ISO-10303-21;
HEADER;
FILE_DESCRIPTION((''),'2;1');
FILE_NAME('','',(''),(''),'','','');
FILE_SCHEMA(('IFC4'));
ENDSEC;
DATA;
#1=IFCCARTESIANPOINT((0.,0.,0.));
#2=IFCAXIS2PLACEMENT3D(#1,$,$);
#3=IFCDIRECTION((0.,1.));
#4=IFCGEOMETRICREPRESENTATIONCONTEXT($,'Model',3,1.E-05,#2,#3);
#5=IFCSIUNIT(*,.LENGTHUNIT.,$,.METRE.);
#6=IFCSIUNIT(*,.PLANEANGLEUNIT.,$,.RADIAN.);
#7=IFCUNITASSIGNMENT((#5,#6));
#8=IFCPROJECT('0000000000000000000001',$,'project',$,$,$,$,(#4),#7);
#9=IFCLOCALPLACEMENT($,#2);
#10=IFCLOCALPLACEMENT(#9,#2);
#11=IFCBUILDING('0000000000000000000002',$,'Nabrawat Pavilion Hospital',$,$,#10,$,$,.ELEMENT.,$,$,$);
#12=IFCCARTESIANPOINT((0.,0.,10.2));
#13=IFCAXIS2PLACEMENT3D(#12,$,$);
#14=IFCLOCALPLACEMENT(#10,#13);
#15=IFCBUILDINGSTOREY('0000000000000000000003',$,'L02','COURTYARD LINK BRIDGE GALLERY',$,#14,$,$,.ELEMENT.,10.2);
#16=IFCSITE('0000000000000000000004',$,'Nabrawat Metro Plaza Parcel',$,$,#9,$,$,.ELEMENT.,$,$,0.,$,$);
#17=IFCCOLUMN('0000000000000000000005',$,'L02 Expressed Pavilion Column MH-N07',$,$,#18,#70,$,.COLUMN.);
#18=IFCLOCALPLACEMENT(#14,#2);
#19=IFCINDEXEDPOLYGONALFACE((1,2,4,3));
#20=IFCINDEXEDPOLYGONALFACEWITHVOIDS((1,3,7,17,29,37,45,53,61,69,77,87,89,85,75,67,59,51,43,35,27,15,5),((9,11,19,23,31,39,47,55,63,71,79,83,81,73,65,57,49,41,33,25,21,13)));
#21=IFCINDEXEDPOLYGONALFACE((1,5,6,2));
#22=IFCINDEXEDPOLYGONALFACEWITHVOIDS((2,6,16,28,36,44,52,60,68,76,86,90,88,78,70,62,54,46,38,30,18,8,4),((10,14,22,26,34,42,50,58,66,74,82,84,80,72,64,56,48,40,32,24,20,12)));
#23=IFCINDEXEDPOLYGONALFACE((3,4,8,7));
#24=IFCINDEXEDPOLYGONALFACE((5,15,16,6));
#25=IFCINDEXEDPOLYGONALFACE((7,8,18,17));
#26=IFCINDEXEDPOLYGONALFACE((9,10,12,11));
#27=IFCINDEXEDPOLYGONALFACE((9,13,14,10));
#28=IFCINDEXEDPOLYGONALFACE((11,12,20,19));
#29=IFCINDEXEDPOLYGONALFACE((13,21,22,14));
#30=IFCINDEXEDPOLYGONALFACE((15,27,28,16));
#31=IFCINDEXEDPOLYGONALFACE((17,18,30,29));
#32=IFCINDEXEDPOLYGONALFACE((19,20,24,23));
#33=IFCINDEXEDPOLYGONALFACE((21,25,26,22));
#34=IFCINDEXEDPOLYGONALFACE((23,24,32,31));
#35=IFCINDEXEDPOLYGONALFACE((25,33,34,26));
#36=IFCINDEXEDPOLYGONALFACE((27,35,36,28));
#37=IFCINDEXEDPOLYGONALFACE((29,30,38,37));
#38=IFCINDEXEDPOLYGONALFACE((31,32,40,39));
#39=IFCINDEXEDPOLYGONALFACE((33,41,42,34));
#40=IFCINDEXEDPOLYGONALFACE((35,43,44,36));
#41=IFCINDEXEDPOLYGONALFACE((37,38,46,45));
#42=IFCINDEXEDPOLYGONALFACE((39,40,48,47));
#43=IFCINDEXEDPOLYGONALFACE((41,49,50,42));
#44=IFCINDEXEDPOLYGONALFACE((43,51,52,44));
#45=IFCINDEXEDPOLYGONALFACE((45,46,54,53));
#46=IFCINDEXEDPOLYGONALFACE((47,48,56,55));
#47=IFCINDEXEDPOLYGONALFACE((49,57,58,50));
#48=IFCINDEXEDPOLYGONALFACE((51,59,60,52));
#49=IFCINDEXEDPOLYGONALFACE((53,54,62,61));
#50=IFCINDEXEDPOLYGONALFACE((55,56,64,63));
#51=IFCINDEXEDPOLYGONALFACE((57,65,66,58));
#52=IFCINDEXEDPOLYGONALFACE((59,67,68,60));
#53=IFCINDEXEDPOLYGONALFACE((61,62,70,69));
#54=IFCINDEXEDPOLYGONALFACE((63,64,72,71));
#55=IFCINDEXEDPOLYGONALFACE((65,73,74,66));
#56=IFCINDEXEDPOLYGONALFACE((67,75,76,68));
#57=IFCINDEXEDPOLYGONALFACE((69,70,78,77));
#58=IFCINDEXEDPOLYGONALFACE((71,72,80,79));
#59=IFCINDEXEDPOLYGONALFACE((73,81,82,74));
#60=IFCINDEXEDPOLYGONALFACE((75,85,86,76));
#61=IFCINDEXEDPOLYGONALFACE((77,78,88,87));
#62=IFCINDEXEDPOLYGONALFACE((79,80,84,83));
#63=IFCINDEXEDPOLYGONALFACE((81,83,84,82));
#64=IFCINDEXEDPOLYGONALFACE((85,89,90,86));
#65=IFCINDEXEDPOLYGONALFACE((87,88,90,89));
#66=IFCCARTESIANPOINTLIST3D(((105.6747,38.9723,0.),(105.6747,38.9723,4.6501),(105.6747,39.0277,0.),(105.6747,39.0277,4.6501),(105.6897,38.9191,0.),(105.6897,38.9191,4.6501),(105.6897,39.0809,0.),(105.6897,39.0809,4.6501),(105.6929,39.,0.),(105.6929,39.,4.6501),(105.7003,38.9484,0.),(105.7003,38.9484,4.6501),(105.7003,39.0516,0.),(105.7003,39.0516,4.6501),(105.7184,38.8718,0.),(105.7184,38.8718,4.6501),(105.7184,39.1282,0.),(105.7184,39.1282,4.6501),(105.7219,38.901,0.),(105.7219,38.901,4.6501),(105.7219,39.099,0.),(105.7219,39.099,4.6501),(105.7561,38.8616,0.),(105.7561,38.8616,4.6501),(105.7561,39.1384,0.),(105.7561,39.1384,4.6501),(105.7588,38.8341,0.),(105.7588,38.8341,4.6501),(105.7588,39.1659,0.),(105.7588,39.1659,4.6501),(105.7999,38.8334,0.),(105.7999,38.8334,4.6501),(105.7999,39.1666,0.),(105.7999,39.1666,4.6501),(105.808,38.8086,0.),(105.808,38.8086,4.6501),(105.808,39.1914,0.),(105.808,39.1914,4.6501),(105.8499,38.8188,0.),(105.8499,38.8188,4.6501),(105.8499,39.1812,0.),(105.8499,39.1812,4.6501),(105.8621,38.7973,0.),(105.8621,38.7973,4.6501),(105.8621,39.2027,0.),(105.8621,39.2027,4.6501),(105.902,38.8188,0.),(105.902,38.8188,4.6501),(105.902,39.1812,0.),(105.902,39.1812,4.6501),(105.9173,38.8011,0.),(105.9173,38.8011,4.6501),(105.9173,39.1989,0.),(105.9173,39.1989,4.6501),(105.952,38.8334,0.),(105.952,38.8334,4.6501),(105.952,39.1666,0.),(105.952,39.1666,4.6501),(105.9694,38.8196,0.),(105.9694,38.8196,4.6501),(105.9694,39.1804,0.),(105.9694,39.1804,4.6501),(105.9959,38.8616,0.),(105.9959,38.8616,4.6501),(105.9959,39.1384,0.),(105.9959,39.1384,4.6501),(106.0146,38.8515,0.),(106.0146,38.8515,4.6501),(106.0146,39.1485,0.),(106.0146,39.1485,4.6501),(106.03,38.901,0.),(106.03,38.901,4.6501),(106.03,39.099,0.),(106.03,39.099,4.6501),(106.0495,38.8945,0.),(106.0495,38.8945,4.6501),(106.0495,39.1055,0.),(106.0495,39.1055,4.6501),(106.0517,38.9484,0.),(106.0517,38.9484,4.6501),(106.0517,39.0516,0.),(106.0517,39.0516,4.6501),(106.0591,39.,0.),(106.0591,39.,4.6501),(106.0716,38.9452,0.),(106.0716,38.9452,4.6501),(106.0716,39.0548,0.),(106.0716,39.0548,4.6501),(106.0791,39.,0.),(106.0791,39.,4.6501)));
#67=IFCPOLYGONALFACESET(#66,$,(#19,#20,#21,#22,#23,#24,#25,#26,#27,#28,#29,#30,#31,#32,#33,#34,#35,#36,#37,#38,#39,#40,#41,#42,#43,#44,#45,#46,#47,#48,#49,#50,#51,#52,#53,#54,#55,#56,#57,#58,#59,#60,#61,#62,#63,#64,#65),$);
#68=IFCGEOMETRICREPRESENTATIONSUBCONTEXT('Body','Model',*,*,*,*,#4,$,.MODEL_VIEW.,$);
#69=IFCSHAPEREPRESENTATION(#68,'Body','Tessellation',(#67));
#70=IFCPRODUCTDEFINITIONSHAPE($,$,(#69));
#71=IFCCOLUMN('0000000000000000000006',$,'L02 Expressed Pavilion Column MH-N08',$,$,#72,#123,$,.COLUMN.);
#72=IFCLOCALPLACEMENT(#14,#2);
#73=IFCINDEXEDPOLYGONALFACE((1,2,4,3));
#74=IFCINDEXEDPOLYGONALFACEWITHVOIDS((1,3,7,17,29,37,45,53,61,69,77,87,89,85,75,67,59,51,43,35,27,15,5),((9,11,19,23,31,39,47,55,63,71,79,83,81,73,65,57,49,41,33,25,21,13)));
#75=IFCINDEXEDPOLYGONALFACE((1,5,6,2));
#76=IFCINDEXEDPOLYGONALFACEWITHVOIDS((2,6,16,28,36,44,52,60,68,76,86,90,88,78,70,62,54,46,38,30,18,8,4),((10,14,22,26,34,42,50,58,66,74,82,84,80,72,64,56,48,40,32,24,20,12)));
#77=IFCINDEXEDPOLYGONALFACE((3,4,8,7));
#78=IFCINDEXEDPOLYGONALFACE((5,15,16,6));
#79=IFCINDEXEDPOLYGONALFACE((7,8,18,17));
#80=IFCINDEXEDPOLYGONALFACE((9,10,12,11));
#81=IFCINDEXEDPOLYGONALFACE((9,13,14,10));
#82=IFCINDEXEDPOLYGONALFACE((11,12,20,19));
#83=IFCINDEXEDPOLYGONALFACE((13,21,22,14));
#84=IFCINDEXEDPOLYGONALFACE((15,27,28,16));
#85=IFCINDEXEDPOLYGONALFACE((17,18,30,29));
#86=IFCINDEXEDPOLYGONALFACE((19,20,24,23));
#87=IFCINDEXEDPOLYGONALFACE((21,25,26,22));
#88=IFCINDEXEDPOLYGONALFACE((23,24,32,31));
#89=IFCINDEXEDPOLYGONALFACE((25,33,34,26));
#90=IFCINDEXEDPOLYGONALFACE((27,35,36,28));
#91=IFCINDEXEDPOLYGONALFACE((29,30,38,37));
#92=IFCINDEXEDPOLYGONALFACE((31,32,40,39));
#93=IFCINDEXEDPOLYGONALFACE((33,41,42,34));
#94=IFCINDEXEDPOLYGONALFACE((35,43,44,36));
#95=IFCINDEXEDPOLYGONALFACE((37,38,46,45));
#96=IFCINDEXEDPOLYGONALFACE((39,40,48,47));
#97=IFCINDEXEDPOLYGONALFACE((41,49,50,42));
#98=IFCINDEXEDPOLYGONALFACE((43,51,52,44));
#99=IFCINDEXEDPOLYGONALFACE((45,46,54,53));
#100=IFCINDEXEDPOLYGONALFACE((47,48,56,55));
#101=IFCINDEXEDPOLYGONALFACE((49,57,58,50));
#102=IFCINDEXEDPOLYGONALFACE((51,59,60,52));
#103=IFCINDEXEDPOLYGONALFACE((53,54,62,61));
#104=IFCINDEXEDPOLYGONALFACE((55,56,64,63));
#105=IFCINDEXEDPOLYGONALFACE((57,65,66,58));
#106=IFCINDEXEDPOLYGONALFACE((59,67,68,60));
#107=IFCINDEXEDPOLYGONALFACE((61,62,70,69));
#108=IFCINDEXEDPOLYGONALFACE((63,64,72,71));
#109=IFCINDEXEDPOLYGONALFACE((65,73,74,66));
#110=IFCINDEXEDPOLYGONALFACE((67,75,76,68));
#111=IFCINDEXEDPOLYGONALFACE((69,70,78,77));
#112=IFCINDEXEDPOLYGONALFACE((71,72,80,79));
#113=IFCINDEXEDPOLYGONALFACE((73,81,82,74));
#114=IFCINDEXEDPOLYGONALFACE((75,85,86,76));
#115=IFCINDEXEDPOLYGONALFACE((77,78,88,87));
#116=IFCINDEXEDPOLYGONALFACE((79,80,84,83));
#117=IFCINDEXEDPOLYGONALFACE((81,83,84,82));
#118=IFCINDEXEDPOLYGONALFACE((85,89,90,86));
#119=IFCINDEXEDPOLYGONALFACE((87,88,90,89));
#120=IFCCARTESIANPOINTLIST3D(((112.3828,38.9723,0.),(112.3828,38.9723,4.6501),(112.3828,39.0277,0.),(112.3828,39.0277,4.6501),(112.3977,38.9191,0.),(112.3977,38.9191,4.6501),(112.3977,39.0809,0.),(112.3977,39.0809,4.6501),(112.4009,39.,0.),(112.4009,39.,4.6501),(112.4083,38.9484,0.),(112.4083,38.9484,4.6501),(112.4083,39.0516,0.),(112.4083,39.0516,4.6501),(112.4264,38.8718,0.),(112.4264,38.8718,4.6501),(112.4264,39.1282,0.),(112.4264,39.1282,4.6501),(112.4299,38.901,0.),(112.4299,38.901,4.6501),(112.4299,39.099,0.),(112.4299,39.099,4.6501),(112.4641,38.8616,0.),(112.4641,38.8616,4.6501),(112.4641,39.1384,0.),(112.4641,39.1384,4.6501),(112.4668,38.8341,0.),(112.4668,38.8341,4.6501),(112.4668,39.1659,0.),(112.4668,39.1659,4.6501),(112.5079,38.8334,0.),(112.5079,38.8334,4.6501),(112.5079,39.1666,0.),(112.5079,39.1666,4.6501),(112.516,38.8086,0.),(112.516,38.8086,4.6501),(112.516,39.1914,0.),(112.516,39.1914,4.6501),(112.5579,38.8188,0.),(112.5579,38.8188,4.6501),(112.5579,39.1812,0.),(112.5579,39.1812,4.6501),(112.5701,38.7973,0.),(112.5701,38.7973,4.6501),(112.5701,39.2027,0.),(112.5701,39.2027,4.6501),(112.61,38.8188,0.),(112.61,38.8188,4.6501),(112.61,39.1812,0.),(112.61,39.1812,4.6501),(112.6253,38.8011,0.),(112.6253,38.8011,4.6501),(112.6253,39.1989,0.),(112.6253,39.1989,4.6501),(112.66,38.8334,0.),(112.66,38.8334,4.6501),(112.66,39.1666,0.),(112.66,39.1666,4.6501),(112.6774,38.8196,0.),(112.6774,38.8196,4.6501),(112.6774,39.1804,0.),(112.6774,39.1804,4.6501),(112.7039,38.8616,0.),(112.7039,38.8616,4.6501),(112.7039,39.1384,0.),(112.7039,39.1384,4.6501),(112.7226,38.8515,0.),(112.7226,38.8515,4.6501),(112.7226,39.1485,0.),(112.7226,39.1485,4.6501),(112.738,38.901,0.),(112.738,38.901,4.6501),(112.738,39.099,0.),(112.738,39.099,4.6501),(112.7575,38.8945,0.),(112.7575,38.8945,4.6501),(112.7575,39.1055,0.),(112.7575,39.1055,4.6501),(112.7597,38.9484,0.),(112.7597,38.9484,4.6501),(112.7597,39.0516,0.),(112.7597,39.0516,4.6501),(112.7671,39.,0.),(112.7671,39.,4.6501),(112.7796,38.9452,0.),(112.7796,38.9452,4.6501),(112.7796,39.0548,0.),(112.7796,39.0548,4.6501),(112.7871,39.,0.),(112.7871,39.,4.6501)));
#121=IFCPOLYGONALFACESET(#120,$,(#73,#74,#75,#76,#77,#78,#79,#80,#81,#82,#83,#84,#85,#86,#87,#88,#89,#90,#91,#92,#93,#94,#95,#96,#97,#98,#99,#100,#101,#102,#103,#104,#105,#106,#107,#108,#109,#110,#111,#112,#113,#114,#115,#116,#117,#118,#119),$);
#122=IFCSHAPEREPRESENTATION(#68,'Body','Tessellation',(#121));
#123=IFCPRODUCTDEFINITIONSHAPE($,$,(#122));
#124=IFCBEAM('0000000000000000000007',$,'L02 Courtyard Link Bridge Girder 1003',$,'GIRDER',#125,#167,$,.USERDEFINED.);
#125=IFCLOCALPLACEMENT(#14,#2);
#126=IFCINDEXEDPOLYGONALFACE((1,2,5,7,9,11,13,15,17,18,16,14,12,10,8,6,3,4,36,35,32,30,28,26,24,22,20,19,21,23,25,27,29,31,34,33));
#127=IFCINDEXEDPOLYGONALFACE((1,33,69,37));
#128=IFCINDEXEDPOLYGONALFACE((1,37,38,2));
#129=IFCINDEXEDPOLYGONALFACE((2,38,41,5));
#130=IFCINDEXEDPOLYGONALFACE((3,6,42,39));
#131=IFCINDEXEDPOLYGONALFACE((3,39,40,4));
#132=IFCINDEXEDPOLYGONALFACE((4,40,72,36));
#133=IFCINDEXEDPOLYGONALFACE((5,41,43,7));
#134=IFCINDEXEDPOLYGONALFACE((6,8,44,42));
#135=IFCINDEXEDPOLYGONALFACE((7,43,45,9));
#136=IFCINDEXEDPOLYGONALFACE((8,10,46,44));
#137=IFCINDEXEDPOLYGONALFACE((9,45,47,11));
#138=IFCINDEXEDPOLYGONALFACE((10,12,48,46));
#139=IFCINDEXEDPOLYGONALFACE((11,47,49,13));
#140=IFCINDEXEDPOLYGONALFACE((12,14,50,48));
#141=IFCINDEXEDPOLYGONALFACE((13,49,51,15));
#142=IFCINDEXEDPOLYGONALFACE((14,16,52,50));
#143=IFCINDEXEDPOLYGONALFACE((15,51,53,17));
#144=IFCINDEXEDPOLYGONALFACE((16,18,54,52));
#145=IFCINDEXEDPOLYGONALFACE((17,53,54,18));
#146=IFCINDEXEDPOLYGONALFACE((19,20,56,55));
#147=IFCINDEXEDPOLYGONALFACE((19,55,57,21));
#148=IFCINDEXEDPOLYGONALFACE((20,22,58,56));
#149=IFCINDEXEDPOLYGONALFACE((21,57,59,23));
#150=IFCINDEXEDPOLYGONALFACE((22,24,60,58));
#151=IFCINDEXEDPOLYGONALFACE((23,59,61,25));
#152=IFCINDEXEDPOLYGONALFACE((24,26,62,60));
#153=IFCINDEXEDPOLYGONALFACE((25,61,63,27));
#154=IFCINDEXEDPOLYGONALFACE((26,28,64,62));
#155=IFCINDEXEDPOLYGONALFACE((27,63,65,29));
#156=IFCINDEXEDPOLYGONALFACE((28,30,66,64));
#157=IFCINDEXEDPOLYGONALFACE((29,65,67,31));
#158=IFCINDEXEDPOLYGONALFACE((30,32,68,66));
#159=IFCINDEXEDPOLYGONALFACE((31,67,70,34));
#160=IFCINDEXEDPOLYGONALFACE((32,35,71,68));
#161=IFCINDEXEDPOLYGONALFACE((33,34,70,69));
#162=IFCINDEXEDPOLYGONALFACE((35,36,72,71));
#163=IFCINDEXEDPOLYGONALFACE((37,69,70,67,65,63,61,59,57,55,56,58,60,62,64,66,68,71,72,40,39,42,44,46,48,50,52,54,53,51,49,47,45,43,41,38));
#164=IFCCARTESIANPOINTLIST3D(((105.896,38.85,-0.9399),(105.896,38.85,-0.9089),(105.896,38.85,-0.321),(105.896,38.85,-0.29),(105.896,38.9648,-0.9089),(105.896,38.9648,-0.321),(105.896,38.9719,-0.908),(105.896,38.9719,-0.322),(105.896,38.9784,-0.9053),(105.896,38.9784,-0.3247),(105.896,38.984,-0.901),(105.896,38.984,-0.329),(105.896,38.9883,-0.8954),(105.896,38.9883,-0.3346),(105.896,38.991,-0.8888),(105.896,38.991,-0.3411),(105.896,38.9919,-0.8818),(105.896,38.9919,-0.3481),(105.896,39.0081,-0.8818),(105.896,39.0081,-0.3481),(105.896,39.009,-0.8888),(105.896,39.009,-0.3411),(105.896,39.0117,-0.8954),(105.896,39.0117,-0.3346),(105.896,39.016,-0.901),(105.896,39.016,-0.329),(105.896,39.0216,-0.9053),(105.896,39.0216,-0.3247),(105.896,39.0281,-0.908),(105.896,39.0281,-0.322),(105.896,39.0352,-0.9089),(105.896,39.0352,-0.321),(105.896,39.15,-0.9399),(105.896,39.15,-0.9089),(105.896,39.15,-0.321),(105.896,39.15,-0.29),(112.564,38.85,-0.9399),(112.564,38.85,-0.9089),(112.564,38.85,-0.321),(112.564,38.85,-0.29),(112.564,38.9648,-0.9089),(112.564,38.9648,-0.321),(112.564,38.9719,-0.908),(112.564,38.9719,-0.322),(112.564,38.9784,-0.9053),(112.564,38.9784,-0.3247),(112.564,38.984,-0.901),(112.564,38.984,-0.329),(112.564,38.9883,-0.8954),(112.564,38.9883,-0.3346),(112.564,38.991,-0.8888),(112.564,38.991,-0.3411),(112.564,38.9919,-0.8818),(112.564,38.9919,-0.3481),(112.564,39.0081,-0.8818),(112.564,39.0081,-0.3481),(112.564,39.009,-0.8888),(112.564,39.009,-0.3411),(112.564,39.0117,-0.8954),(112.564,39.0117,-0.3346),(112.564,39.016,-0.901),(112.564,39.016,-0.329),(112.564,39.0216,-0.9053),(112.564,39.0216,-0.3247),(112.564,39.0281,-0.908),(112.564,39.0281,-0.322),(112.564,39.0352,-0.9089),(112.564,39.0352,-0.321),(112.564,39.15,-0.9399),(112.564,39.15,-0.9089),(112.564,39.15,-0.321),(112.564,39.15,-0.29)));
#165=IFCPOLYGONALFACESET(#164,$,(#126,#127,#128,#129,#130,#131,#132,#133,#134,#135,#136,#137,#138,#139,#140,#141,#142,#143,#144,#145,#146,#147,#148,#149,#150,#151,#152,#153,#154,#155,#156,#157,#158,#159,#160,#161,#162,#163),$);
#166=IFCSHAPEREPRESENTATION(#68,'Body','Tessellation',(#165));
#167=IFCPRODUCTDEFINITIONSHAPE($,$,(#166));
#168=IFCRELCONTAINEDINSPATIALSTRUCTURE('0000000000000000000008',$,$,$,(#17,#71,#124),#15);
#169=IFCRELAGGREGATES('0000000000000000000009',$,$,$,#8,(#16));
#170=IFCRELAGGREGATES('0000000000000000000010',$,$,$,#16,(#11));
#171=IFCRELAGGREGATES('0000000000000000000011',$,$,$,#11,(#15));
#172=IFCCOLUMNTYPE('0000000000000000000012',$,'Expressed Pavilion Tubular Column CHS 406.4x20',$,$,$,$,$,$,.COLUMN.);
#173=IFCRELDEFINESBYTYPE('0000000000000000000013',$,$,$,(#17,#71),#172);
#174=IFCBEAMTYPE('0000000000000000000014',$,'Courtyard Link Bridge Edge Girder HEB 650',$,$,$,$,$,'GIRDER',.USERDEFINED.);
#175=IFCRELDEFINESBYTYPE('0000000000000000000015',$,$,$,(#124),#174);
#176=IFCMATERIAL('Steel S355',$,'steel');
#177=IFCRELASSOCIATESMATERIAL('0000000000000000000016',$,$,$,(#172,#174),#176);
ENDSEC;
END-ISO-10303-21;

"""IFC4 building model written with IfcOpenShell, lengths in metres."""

from ifc_helpers import new_model, si_unit, direction, frame, origin, origin_2d, place, context, subcontext, project, spatial, hollow_circle, i_section, extrude, material, material_profile, profile_set, type_object, element, save


model = new_model("IFC4")

# Units and contexts
model_context = context("Model", 3, precision=1e-05, world=origin(), true_north=direction((0.0, 1.0)))
body_context = subcontext(model_context, "Body", "Model", "MODEL_VIEW")
ifc_project = project(units=[si_unit("LENGTHUNIT", "METRE"), si_unit("PLANEANGLEUNIT", "RADIAN")], contexts=[model_context])

# Site, building, storey
site_placement = place(None, origin())
site = spatial("IfcSite", under=ifc_project, at=site_placement, Name="Nabrawat Metro Plaza Parcel", CompositionType="ELEMENT", RefElevation=0.0)
building_placement = place(site_placement, origin())
building = spatial("IfcBuilding", under=site, at=building_placement, Name="Nabrawat Pavilion Hospital", CompositionType="ELEMENT")
storey_placement = place(building_placement, frame((0.0, 0.0, 10.2)))
storey = spatial("IfcBuildingStorey", under=building, at=storey_placement, Name="L02", Description="COURTYARD LINK BRIDGE GALLERY", CompositionType="ELEMENT", Elevation=10.2)

# Columns
ifc_material_1 = material(Name="Steel S355", Category="steel")
ifc_material_profile_1 = material_profile(ifc_material_1, hollow_circle(Radius=0.2031, WallThickness=0.02, at=origin_2d()), Name="CHS 406.4x20")
ifc_profile_set_1 = profile_set([ifc_material_profile_1], Name="Steel S355")
column_type = type_object("IfcColumnType", Name="Expressed Pavilion Tubular Column CHS 406.4x20", PredefinedType="COLUMN", material=ifc_profile_set_1)
for number, where, z_axis, x_axis, name in (
    (1, (105.876, 39.0, 0.0), (0.0, 0.0, 1.0), (1.0, 0.0, 0.0), "L02 Expressed Pavilion Column MH-N07"),
    (2, (112.584, 39.0, 0.0), (0.0, 0.0, 1.0), (1.0, 0.0, 0.0), "L02 Expressed Pavilion Column MH-N08"),
):
    element("IfcColumn", number, at=place(storey_placement, frame(where, z_axis=z_axis, x_axis=x_axis)), inside=storey, type_object=column_type, Name=name, PredefinedType="COLUMN", context=body_context, shape_type="SweptSolid", body=[
        extrude(hollow_circle(Radius=0.2031, WallThickness=0.02, at=origin_2d()), origin(), (0.0, 0.0, 1.0), 4.6501),
    ])

# Beam
ifc_material_profile_2 = material_profile(ifc_material_1, i_section(OverallWidth=0.3, OverallDepth=0.6499, WebThickness=0.0161, FlangeThickness=0.031, FilletRadius=0.0271, at=origin_2d()), Name="HEB 650")
ifc_profile_set_2 = profile_set([ifc_material_profile_2], Name="Steel S355")
beam_type_1 = type_object("IfcBeamType", Name="Courtyard Link Bridge Edge Girder HEB 650", ElementType="GIRDER", PredefinedType="USERDEFINED", material=ifc_profile_set_2)
for number, where, z_axis, x_axis, name in (
    (3, (105.896, 39.0, -0.615), (1.0, 0.0, 0.0), (0.0, 1.0, 0.0), "L02 Courtyard Link Bridge Girder 1003"),
):
    element("IfcBeam", number, at=place(storey_placement, frame(where, z_axis=z_axis, x_axis=x_axis)), inside=storey, type_object=beam_type_1, Name=name, ObjectType="GIRDER", PredefinedType="USERDEFINED", context=body_context, shape_type="SweptSolid", body=[
        extrude(i_section(OverallWidth=0.3, OverallDepth=0.6499, WebThickness=0.0161, FlangeThickness=0.031, FilletRadius=0.0271, at=origin_2d()), origin(), (0.0, 0.0, 1.0), 6.668),
    ])

save(model, "model.ifc")
